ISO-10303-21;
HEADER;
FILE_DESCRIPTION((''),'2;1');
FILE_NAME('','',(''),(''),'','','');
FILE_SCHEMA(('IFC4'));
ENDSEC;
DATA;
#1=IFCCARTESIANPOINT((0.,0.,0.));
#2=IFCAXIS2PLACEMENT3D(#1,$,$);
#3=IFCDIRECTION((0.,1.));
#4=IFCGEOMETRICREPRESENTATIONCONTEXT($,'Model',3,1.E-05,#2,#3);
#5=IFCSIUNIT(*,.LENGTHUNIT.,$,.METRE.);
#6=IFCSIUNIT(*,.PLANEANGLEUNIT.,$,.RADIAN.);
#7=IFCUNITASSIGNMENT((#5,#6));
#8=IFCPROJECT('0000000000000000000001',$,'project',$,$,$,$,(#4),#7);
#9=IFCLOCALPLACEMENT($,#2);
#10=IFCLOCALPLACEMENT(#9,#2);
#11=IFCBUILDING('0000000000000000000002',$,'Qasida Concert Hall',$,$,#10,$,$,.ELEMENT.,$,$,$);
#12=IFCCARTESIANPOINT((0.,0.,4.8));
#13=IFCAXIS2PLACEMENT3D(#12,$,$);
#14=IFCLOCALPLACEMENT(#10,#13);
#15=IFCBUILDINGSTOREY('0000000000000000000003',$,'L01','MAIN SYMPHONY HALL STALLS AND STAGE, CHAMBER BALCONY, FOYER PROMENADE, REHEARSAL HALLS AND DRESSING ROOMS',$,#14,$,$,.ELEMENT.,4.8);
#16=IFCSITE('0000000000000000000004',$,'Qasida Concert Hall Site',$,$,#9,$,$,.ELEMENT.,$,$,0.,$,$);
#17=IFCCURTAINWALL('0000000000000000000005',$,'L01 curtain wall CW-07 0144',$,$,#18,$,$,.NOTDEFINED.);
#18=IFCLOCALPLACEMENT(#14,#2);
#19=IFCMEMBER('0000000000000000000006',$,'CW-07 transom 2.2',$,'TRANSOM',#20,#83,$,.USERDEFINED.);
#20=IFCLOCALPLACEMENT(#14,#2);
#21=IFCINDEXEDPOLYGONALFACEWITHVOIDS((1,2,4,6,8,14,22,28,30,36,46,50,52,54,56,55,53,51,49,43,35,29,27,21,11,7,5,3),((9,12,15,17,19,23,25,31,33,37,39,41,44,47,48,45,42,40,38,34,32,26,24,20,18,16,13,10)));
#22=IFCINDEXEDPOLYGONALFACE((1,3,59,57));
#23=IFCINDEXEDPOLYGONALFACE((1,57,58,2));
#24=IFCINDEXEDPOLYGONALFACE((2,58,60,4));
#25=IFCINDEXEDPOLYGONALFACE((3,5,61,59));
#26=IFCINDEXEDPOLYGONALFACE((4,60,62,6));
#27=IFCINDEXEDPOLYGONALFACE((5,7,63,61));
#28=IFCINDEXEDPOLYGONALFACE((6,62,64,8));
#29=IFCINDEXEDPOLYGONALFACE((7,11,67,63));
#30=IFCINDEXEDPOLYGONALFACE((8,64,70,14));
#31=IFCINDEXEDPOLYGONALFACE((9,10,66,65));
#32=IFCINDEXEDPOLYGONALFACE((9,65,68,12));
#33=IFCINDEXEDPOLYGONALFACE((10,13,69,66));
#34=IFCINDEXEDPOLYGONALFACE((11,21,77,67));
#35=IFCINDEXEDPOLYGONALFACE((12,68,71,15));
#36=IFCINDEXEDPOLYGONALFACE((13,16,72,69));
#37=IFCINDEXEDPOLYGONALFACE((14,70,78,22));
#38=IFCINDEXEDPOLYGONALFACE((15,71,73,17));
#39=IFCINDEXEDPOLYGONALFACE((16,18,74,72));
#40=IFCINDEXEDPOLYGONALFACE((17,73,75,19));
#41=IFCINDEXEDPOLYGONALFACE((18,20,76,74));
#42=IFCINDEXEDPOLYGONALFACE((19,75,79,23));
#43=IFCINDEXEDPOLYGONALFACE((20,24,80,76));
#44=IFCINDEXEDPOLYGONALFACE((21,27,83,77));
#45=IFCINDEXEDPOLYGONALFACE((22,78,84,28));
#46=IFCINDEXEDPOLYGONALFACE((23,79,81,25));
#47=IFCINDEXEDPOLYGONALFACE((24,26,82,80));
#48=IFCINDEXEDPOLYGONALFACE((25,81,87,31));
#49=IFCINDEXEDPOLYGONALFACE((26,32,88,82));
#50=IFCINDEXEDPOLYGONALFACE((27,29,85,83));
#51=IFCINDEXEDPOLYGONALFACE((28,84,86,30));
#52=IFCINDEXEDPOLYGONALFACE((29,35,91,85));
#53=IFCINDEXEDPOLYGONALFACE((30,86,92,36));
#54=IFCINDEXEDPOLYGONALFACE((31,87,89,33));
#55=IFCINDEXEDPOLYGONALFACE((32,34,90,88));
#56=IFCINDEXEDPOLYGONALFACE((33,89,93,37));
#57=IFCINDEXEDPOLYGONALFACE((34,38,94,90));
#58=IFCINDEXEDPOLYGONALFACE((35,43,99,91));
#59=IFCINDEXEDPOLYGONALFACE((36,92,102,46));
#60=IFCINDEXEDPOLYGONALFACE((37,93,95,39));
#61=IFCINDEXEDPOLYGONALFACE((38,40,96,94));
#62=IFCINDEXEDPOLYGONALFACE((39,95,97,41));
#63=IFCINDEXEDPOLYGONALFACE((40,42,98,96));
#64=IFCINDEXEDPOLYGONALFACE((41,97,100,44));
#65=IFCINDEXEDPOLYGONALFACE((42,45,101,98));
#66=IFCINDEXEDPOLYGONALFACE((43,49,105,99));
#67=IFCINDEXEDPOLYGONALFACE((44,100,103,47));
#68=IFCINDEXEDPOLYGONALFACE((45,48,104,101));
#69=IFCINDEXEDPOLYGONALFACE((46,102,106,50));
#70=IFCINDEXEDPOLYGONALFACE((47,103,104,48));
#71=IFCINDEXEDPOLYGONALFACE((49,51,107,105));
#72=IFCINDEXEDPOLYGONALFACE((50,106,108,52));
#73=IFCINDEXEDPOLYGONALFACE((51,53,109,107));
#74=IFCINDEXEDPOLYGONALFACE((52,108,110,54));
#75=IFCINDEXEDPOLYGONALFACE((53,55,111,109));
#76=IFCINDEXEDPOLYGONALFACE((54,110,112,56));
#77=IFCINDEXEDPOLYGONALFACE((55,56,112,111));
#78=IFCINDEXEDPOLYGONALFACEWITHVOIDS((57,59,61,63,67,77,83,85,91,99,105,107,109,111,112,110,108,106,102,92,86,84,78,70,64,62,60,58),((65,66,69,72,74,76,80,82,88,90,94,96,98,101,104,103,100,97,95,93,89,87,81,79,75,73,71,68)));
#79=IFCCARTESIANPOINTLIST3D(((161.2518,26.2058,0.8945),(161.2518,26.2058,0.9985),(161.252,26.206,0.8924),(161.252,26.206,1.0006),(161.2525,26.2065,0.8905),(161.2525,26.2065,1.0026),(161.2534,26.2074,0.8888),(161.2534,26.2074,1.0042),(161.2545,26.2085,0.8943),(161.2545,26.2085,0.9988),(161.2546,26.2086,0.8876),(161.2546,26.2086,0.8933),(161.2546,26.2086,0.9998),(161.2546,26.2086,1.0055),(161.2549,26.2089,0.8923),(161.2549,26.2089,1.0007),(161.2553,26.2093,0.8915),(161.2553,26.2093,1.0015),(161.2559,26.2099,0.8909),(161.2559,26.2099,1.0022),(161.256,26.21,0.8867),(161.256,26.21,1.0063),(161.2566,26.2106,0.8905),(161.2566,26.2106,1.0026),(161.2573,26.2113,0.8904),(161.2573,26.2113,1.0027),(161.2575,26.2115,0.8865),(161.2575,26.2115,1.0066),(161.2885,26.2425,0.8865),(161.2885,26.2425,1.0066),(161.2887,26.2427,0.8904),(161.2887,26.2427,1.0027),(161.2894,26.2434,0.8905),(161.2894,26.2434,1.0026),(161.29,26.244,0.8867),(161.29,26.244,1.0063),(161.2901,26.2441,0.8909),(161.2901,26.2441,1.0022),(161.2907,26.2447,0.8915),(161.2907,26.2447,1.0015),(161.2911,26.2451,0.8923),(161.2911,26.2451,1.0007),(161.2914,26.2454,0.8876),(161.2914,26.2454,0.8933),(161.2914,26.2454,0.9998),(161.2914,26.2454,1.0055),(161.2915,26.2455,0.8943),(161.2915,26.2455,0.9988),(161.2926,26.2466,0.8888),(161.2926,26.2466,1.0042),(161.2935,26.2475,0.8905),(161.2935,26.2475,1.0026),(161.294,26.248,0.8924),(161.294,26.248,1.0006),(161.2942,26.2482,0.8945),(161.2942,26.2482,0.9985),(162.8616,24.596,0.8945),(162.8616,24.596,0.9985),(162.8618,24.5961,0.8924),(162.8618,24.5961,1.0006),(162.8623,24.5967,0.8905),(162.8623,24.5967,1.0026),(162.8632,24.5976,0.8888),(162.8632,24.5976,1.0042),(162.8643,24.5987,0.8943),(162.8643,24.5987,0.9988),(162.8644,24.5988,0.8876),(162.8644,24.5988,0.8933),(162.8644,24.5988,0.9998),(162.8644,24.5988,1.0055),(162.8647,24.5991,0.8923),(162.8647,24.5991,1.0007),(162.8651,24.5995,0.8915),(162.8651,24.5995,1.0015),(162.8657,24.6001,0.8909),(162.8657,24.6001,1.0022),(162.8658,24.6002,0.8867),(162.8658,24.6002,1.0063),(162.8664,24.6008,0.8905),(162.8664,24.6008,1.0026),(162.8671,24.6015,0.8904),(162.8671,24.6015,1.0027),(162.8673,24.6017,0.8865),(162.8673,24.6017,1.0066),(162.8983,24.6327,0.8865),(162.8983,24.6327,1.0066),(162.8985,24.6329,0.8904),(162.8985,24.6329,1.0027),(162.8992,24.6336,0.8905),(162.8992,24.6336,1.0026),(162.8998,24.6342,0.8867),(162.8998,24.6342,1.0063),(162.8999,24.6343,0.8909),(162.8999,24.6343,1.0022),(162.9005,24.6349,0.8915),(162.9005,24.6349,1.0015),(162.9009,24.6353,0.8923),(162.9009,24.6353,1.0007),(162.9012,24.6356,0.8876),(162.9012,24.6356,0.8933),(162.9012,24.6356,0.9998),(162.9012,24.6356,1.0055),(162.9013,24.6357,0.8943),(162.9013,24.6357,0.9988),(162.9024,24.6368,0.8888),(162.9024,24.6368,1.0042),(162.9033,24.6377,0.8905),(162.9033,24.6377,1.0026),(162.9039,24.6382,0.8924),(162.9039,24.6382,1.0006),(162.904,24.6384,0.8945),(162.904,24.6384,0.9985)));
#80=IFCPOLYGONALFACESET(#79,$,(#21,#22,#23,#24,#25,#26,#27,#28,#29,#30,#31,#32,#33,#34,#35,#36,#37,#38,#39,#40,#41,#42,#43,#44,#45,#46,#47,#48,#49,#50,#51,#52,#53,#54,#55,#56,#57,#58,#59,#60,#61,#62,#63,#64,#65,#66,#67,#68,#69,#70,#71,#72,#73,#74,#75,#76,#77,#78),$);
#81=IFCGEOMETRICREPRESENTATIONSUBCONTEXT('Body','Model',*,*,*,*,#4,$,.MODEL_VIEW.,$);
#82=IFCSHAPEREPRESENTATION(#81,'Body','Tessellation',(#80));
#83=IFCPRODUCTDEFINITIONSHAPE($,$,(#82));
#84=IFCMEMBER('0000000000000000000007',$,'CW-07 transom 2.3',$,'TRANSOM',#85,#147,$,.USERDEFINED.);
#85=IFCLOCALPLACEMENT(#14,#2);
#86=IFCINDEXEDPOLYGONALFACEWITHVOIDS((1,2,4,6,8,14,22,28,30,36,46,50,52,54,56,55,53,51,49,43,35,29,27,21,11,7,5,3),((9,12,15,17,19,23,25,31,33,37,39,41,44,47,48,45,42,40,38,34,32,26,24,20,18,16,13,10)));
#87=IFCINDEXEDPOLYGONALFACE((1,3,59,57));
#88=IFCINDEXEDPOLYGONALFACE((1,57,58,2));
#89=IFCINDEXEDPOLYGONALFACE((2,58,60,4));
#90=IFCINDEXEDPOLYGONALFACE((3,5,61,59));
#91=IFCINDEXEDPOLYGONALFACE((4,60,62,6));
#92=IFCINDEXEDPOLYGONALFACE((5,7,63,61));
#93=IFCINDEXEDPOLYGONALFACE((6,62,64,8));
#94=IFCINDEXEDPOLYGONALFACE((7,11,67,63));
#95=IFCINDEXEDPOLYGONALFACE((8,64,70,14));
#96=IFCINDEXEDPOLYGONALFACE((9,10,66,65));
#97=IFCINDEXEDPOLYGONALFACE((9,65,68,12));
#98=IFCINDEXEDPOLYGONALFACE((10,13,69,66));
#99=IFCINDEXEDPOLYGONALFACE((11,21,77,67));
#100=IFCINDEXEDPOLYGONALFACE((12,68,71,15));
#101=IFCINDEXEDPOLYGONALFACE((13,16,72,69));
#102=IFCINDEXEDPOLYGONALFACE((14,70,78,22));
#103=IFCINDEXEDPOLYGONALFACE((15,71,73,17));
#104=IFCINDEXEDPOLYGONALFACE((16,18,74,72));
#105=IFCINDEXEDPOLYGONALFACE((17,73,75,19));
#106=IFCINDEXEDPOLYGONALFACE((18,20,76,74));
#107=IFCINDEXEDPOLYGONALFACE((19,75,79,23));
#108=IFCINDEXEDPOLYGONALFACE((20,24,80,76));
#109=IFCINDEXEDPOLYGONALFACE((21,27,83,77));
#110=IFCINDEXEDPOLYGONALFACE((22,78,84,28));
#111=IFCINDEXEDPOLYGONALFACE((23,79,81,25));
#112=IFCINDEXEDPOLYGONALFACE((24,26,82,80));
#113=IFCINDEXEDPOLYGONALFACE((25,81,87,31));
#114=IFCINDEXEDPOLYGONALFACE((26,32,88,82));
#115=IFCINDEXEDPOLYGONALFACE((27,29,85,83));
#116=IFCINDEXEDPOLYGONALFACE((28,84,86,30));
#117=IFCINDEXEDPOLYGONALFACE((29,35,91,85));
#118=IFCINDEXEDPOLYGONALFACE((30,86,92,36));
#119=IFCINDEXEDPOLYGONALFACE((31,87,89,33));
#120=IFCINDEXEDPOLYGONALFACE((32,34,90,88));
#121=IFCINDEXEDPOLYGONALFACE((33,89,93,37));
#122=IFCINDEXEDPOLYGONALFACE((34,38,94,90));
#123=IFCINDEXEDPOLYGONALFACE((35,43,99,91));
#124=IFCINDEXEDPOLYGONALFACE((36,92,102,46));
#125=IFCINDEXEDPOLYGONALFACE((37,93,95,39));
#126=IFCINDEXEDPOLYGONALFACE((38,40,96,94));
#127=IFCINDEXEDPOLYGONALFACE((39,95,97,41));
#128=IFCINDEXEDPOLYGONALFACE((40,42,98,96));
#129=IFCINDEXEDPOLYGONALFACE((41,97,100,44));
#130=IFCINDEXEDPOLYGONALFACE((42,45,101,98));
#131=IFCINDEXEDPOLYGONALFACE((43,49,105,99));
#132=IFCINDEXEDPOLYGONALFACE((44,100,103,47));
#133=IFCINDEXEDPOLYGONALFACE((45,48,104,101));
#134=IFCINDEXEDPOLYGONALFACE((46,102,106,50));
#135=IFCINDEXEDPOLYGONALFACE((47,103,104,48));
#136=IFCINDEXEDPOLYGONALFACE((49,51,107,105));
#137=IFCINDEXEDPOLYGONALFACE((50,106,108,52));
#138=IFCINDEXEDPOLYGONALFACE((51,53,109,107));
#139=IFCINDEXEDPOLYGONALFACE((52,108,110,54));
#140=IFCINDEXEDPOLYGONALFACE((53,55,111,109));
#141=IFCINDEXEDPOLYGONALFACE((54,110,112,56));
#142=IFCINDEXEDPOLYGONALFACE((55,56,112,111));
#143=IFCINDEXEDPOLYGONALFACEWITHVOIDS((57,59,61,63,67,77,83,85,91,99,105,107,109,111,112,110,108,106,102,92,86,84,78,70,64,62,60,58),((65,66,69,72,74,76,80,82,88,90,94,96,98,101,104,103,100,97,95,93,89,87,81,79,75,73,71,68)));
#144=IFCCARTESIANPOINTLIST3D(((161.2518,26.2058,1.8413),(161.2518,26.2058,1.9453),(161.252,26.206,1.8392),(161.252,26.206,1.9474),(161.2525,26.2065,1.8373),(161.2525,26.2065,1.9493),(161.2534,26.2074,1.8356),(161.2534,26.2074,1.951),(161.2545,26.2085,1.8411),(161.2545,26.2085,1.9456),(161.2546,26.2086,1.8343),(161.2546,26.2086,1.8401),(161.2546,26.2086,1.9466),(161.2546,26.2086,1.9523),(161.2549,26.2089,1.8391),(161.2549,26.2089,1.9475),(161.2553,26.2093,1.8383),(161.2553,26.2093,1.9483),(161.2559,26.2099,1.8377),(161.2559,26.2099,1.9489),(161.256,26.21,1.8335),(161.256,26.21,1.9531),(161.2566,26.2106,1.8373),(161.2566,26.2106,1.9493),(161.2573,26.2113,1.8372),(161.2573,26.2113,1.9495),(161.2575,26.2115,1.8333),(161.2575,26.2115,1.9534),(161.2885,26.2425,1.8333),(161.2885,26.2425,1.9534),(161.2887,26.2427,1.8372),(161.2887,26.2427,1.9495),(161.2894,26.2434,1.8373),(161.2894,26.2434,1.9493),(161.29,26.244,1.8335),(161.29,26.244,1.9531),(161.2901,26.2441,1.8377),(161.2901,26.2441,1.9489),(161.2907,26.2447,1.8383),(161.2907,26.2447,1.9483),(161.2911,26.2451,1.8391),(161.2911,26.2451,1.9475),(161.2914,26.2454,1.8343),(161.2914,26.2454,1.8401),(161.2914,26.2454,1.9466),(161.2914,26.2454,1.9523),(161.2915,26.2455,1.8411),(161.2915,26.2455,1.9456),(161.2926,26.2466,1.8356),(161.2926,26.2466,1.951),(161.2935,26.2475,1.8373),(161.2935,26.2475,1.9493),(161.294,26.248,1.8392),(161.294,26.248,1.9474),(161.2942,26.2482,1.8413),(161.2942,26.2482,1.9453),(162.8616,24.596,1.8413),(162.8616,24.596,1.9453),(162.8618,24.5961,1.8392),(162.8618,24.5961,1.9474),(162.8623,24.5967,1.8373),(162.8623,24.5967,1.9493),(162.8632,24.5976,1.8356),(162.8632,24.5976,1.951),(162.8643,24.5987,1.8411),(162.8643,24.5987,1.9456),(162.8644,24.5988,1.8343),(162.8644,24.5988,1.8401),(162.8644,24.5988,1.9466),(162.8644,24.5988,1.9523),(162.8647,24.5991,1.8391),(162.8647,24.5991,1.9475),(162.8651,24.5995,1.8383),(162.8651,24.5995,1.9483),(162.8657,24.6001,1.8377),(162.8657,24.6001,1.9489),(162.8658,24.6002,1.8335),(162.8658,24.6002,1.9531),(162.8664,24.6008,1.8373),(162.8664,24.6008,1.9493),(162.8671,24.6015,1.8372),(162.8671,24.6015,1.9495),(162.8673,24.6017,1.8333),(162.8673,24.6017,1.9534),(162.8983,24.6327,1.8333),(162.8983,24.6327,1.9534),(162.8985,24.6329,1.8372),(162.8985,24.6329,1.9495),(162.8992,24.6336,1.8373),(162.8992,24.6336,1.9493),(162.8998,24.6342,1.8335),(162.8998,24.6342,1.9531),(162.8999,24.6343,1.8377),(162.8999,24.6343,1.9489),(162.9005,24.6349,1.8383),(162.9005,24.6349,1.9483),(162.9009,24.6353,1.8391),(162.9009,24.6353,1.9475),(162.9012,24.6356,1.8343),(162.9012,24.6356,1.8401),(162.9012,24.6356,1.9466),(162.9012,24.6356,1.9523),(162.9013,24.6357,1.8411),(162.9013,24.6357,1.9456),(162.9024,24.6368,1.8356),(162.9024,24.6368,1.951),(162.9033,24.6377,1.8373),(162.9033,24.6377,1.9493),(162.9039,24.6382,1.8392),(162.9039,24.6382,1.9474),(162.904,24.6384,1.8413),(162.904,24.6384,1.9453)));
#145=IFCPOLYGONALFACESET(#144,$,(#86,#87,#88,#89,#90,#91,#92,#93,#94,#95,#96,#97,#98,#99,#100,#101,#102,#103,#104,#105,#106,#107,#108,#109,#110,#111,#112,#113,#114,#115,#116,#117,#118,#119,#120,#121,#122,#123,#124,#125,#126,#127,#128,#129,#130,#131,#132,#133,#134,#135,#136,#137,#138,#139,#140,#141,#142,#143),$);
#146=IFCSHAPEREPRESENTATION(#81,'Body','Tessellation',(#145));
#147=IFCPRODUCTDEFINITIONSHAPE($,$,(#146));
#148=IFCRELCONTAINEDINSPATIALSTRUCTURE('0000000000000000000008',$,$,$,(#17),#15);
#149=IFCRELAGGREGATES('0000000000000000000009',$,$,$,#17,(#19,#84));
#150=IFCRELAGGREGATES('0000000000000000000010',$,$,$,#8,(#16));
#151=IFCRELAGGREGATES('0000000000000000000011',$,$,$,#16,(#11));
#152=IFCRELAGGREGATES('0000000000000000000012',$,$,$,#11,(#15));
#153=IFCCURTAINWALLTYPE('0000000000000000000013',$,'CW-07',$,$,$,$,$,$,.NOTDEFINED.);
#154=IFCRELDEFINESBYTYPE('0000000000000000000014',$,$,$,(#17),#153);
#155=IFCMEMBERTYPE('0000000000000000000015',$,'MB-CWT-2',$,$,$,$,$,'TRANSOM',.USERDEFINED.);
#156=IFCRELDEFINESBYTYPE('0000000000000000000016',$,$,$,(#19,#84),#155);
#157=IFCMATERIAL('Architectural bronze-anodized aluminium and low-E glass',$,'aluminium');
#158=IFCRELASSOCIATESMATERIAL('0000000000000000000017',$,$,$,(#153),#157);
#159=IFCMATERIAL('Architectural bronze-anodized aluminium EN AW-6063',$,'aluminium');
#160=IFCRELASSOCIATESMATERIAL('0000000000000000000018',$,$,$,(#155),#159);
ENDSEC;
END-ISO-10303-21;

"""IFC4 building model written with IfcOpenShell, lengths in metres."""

from ifc_helpers import new_model, si_unit, direction, frame, origin, origin_2d, place, context, subcontext, project, spatial, hollow_rectangle, extrude, material, material_profile, profile_set, type_object, element, aggregate, save


model = new_model("IFC4")

# Units and contexts
model_context = context("Model", 3, precision=1e-05, world=origin(), true_north=direction((0.0, 1.0)))
body_context = subcontext(model_context, "Body", "Model", "MODEL_VIEW")
ifc_project = project(units=[si_unit("LENGTHUNIT", "METRE"), si_unit("PLANEANGLEUNIT", "RADIAN")], contexts=[model_context])

# Site, building, storey
site_placement = place(None, origin())
site = spatial("IfcSite", under=ifc_project, at=site_placement, Name="Qasida Concert Hall Site", CompositionType="ELEMENT", RefElevation=0.0)
building_placement = place(site_placement, origin())
building = spatial("IfcBuilding", under=site, at=building_placement, Name="Qasida Concert Hall", CompositionType="ELEMENT")
storey_placement = place(building_placement, frame((0.0, 0.0, 4.8)))
storey = spatial("IfcBuildingStorey", under=building, at=storey_placement, Name="L01", Description="MAIN SYMPHONY HALL STALLS AND STAGE, CHAMBER BALCONY, FOYER PROMENADE, REHEARSAL HALLS AND DRESSING ROOMS", CompositionType="ELEMENT", Elevation=4.8)

# Curtain wall, members
ifc_material_1 = material(Name="Architectural bronze-anodized aluminium and low-E glass", Category="aluminium")
curtain_wall_type = type_object("IfcCurtainWallType", Name="CW-07", PredefinedType="NOTDEFINED", material=ifc_material_1)
curtain_wall_placement = place(storey_placement, origin())
curtain_wall = element("IfcCurtainWall", 1, at=curtain_wall_placement, inside=storey, type_object=curtain_wall_type, Name="L01 curtain wall CW-07 0144", PredefinedType="NOTDEFINED")
ifc_material_2 = material(Name="Architectural bronze-anodized aluminium EN AW-6063", Category="aluminium")
ifc_material_profile_1 = material_profile(ifc_material_2, hollow_rectangle(XDim=0.0601, YDim=0.1201, WallThickness=0.0039, InnerFilletRadius=0.0039, OuterFilletRadius=0.0081, at=origin_2d()), Name="CWT 120x60x4")
ifc_profile_set_1 = profile_set([ifc_material_profile_1], Name="Architectural bronze-anodized aluminium EN AW-6063")
member_type_1 = type_object("IfcMemberType", Name="MB-CWT-2", ElementType="TRANSOM", PredefinedType="USERDEFINED", material=ifc_profile_set_1)
member_1_placement = place(storey_placement, frame((162.8828, 24.6172, 0.9465), z_axis=(-0.707107, 0.707107, 0.0), x_axis=(-0.707107, -0.707107, 0.0)))
member_1 = element("IfcMember", 2, at=member_1_placement, type_object=member_type_1, Name="CW-07 transom 2.2", ObjectType="TRANSOM", PredefinedType="USERDEFINED", context=body_context, shape_type="SweptSolid", body=[
    extrude(hollow_rectangle(XDim=0.0601, YDim=0.1201, WallThickness=0.0039, InnerFilletRadius=0.0039, OuterFilletRadius=0.0081, at=origin_2d()), origin(), (0.0, 0.0, 1.0), 2.2766),
])
member_2_placement = place(storey_placement, frame((162.8828, 24.6172, 1.8933), z_axis=(-0.707107, 0.707107, 0.0), x_axis=(-0.707107, -0.707107, 0.0)))
member_2 = element("IfcMember", 3, at=member_2_placement, type_object=member_type_1, Name="CW-07 transom 2.3", ObjectType="TRANSOM", PredefinedType="USERDEFINED", context=body_context, shape_type="SweptSolid", body=[
    extrude(hollow_rectangle(XDim=0.0601, YDim=0.1201, WallThickness=0.0039, InnerFilletRadius=0.0039, OuterFilletRadius=0.0081, at=origin_2d()), origin(), (0.0, 0.0, 1.0), 2.2766),
])
aggregate(curtain_wall, [member_1, member_2])

save(model, "model.ifc")
